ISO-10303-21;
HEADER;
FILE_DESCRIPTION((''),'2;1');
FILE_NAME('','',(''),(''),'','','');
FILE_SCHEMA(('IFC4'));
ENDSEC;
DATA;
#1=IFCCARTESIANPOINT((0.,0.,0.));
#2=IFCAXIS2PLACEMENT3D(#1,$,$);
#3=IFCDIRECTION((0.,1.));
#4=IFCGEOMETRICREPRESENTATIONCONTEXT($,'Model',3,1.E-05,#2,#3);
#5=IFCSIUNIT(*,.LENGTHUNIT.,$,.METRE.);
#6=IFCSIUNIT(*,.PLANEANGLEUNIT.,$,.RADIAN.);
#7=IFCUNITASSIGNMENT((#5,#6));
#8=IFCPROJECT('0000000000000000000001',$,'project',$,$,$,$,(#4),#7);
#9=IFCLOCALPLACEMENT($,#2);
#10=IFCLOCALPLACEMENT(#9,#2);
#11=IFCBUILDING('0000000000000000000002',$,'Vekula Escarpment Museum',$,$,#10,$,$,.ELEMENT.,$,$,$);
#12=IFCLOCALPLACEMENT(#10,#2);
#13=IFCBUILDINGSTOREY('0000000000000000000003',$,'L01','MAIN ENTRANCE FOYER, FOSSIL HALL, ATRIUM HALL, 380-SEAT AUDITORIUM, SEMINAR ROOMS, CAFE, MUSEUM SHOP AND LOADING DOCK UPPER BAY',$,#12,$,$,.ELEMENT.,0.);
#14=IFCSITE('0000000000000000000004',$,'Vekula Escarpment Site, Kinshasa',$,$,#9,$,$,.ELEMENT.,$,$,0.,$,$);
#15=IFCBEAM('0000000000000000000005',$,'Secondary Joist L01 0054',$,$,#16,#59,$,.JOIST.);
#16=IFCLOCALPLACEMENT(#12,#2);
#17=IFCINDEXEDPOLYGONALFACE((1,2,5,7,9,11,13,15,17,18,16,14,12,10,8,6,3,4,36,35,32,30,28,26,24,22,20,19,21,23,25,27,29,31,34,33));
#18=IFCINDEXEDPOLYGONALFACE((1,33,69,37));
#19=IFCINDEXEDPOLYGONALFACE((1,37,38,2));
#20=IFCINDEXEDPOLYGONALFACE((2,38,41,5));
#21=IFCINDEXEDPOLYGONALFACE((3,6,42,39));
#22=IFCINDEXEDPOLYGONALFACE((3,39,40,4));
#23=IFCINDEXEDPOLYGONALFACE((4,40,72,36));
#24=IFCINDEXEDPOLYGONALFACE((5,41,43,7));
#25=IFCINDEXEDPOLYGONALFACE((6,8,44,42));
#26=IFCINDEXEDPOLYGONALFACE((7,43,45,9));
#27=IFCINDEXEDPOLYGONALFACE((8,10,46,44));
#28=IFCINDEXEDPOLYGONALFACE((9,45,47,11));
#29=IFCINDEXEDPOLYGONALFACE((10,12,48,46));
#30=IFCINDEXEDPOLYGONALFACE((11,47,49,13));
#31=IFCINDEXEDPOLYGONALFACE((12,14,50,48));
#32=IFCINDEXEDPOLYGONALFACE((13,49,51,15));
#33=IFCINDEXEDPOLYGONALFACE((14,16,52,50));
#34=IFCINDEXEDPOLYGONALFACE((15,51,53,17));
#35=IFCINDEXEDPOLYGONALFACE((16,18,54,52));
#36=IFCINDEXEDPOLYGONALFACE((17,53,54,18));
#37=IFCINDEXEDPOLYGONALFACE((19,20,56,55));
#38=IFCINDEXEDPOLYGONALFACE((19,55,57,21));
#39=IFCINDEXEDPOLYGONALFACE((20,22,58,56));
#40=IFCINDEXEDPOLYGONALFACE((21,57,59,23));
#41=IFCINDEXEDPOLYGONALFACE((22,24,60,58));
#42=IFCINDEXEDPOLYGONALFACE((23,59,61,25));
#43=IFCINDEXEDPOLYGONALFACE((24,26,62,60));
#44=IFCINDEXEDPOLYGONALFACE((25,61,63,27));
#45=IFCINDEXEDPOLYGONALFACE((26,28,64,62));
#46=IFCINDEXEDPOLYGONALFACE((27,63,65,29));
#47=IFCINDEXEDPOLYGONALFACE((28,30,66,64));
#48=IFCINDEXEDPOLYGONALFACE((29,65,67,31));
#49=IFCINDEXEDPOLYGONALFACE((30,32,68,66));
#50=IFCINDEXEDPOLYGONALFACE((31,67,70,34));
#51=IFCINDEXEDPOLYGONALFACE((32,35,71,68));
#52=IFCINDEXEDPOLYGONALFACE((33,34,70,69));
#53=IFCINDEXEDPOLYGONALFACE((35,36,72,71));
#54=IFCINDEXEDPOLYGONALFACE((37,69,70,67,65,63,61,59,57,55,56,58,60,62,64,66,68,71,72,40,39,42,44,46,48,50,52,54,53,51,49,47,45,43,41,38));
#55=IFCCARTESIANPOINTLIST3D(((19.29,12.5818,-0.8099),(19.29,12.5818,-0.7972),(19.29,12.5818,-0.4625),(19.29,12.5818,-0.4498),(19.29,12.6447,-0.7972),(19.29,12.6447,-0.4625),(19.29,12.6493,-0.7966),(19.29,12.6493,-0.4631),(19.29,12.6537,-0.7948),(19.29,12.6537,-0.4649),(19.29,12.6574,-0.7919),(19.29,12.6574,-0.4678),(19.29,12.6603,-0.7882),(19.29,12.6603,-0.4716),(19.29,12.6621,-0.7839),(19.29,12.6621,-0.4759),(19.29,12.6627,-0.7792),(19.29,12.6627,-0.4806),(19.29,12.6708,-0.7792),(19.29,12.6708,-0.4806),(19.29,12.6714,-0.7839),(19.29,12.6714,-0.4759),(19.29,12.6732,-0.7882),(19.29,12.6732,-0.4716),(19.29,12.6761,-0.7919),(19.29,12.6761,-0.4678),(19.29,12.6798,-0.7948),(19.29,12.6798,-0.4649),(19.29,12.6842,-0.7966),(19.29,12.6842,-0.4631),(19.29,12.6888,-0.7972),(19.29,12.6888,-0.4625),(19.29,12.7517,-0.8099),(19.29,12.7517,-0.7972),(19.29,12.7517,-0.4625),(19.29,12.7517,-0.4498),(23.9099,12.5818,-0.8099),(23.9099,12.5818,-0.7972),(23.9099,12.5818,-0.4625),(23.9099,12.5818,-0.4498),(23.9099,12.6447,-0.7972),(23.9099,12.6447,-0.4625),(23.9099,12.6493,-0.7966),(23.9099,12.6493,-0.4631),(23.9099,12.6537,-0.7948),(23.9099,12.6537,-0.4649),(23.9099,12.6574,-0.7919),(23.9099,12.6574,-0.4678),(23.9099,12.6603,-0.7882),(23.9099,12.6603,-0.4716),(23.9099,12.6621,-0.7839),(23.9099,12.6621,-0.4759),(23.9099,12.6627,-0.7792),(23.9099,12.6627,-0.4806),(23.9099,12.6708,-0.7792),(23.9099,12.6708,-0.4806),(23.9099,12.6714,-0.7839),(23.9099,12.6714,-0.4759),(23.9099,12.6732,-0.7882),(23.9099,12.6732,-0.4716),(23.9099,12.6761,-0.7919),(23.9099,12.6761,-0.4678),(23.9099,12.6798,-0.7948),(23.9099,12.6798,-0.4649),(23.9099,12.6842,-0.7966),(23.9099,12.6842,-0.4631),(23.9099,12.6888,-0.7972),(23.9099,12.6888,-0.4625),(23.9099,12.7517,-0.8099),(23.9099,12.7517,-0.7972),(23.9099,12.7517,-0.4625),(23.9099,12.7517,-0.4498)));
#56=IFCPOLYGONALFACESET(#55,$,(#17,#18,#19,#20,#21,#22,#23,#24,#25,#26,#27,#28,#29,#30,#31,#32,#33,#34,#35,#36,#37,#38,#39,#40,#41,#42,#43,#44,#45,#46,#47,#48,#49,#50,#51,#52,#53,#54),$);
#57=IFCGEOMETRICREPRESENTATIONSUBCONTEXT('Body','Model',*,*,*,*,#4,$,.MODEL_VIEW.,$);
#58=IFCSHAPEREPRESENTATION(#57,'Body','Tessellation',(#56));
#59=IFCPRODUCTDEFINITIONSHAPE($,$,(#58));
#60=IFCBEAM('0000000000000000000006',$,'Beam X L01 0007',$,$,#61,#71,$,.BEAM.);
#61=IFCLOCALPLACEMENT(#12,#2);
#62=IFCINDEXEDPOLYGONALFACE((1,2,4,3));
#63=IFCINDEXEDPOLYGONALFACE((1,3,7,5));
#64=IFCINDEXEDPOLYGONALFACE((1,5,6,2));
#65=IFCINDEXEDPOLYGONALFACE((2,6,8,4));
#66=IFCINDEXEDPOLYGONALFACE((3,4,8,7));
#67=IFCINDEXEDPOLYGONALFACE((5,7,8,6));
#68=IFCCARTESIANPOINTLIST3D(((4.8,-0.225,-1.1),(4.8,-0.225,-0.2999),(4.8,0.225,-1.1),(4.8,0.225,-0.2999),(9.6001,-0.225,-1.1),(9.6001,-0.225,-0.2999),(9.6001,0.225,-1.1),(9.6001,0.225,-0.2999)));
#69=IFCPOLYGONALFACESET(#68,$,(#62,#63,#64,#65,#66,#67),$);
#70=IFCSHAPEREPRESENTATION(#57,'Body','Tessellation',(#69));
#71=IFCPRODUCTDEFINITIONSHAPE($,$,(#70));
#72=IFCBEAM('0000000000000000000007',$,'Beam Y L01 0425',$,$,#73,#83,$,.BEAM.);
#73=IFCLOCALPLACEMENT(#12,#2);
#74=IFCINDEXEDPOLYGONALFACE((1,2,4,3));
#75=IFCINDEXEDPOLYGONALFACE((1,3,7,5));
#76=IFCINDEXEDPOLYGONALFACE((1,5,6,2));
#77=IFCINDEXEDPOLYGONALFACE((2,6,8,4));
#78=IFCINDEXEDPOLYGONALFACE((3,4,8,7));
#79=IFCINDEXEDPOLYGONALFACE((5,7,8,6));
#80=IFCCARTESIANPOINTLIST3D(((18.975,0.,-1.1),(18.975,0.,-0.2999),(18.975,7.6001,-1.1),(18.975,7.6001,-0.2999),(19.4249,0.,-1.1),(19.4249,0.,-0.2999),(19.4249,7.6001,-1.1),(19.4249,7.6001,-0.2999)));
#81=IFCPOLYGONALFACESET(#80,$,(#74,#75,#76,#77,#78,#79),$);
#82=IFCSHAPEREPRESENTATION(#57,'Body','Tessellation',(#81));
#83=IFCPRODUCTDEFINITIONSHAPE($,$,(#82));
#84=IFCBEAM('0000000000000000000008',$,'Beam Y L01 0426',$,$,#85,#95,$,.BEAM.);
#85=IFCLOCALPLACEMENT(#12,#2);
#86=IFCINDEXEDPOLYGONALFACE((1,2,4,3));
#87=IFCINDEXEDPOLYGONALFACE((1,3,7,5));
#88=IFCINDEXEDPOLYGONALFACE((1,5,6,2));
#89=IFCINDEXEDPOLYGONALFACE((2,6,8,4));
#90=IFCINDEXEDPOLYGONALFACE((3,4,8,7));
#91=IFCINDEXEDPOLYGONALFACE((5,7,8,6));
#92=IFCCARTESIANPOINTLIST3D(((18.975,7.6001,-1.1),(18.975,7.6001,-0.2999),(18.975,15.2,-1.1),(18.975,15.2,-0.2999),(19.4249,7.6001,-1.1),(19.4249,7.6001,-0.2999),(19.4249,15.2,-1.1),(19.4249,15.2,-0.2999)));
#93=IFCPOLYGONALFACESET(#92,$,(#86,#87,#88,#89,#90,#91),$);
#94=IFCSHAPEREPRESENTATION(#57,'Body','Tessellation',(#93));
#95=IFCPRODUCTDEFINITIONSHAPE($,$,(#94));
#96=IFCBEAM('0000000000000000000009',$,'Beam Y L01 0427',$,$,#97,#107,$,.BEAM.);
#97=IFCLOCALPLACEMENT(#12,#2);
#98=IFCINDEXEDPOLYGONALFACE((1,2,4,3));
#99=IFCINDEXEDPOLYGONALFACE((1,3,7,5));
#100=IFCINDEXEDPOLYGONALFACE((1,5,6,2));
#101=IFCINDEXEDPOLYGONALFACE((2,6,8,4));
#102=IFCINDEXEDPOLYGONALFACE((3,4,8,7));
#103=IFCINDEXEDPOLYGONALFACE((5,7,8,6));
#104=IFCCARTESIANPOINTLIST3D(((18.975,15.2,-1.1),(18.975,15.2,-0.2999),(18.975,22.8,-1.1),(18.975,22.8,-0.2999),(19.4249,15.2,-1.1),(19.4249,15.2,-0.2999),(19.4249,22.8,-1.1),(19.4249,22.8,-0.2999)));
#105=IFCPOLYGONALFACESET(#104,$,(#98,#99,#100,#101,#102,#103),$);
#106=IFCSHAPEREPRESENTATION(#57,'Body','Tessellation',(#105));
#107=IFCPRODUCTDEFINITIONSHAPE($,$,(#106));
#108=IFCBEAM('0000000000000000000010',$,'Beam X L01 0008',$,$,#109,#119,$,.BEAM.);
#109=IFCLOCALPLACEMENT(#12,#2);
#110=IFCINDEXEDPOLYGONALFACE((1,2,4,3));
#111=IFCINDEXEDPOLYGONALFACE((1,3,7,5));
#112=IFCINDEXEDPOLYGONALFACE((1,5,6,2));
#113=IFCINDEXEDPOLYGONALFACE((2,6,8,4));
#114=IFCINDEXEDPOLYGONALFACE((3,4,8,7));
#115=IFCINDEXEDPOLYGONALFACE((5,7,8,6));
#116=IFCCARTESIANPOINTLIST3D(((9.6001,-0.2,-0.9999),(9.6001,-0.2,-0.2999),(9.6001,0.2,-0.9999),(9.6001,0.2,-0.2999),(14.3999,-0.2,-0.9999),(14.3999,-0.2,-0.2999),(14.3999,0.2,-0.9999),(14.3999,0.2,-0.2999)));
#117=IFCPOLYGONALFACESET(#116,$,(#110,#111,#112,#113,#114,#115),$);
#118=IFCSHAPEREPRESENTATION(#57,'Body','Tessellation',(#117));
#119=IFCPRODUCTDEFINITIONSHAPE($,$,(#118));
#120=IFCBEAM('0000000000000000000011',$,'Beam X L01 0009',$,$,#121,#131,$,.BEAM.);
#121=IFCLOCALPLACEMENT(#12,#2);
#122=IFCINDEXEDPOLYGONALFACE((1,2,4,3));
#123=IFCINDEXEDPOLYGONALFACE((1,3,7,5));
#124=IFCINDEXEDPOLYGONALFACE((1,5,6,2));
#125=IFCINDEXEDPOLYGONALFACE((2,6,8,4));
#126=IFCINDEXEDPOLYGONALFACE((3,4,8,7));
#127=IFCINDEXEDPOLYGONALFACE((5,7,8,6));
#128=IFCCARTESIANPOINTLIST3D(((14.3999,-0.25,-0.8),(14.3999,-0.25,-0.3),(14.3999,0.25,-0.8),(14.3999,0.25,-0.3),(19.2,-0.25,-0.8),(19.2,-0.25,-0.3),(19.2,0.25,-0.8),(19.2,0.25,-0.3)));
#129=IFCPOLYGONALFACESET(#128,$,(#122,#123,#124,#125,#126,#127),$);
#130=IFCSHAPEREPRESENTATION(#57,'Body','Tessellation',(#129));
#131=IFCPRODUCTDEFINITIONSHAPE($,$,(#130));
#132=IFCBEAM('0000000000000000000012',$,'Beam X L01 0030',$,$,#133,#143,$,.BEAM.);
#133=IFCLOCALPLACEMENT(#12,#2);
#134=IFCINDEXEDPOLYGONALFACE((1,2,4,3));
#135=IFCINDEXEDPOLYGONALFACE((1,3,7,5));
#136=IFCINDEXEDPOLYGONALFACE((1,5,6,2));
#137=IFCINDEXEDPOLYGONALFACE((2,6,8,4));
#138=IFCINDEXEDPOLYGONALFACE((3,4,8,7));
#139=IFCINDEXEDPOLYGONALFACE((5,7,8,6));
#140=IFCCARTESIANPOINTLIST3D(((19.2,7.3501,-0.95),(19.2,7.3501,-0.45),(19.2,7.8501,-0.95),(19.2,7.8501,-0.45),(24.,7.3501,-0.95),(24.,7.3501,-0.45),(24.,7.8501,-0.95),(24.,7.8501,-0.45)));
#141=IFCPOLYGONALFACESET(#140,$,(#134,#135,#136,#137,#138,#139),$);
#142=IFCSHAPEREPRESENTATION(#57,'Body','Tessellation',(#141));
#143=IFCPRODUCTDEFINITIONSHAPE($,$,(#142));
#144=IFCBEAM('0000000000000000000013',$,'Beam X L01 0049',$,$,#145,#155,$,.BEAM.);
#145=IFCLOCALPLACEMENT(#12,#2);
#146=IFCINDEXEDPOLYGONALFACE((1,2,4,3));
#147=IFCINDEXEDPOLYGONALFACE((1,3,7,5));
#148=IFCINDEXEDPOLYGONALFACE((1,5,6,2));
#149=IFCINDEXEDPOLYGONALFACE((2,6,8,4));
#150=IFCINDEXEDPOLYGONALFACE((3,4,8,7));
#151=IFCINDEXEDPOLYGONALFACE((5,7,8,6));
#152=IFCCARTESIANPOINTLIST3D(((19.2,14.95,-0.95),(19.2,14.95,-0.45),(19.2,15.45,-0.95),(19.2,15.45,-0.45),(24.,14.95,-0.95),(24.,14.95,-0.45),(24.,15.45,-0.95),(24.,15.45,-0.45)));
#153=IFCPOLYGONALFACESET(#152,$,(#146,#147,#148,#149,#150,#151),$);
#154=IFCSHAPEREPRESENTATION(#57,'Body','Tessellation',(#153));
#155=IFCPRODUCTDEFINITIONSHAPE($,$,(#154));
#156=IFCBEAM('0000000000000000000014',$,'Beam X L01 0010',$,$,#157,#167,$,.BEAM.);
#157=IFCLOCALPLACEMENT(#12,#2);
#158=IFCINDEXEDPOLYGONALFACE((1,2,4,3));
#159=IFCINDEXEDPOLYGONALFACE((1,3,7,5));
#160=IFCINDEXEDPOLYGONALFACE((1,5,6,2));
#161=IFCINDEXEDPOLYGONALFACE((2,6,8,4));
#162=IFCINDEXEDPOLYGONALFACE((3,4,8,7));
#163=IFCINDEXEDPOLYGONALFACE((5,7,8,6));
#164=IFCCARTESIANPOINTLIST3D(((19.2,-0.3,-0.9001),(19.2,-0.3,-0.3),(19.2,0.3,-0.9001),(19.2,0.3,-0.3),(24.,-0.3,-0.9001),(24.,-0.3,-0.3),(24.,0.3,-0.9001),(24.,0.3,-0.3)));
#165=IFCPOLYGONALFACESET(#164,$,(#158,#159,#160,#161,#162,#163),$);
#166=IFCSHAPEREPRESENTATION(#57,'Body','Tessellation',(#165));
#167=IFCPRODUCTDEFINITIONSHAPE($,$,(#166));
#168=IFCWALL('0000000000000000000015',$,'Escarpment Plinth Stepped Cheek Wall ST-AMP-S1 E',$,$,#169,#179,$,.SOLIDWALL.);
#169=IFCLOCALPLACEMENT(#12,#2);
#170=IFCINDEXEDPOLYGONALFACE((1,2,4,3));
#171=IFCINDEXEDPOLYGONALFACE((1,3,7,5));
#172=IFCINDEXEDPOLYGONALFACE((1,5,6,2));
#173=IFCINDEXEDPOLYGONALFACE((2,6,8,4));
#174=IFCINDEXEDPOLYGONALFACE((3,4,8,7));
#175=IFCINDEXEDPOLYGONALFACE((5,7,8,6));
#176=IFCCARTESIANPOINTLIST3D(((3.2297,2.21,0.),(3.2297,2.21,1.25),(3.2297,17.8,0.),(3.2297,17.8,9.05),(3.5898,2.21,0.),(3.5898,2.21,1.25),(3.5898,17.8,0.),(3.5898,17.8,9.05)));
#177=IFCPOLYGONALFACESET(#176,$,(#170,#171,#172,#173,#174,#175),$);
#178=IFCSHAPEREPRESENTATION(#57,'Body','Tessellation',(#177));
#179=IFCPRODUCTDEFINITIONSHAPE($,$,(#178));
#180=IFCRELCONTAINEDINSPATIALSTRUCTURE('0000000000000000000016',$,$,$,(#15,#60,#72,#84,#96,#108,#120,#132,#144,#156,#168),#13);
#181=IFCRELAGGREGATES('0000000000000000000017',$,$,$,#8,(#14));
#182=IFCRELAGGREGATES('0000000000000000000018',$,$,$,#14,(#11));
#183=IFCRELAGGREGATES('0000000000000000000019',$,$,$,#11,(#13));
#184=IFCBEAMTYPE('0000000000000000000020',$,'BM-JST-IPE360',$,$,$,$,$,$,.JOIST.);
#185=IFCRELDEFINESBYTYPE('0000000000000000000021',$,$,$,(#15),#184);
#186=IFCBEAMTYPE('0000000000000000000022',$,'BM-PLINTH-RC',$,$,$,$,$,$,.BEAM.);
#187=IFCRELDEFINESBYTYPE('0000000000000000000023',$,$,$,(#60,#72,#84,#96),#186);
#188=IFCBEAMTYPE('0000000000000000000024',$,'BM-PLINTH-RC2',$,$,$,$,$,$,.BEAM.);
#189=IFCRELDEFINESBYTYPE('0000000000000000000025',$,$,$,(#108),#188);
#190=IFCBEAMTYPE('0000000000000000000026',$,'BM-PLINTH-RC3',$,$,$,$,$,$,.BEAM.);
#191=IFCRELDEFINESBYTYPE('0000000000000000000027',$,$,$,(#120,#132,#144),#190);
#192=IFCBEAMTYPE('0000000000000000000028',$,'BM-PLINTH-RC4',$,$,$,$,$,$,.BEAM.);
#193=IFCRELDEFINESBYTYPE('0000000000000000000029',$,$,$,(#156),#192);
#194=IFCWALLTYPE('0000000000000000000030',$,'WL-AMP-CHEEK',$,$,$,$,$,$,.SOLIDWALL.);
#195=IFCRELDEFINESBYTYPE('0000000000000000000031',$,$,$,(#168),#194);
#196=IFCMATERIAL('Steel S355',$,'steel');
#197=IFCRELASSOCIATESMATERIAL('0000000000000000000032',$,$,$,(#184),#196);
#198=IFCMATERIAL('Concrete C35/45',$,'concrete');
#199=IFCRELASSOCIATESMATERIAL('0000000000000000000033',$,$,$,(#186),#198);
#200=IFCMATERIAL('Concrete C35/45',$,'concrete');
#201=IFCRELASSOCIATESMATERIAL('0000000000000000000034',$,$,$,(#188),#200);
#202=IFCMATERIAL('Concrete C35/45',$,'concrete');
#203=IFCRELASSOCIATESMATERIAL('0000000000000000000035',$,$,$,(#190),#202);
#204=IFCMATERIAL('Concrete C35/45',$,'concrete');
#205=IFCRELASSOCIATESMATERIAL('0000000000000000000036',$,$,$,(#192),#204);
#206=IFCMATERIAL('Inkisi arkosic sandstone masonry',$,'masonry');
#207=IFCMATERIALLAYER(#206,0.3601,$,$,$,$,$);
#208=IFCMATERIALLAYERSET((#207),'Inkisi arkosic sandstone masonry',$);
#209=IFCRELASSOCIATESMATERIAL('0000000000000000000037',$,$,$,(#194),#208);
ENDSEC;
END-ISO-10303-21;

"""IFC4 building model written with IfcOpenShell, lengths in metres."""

from ifc_helpers import new_model, si_unit, direction, frame, origin, origin_2d, place, context, subcontext, project, spatial, polyline, rectangle, i_section, outline, extrude, material, layer, layer_set, material_profile, profile_set, type_object, element, save


model = new_model("IFC4")

# Units and contexts
model_context = context("Model", 3, precision=1e-05, world=origin(), true_north=direction((0.0, 1.0)))
body_context = subcontext(model_context, "Body", "Model", "MODEL_VIEW")
ifc_project = project(units=[si_unit("LENGTHUNIT", "METRE"), si_unit("PLANEANGLEUNIT", "RADIAN")], contexts=[model_context])

# Site, building, storey
site_placement = place(None, origin())
site = spatial("IfcSite", under=ifc_project, at=site_placement, Name="Vekula Escarpment Site, Kinshasa", CompositionType="ELEMENT", RefElevation=0.0)
building_placement = place(site_placement, origin())
building = spatial("IfcBuilding", under=site, at=building_placement, Name="Vekula Escarpment Museum", CompositionType="ELEMENT")
storey_placement = place(building_placement, origin())
storey = spatial("IfcBuildingStorey", under=building, at=storey_placement, Name="L01", Description="MAIN ENTRANCE FOYER, FOSSIL HALL, ATRIUM HALL, 380-SEAT AUDITORIUM, SEMINAR ROOMS, CAFE, MUSEUM SHOP AND LOADING DOCK UPPER BAY", CompositionType="ELEMENT", Elevation=0.0)

# Beams
ifc_material_1 = material(Name="Steel S355", Category="steel")
ifc_material_profile_1 = material_profile(ifc_material_1, i_section(OverallWidth=0.1699, OverallDepth=0.3601, WebThickness=0.0081, FlangeThickness=0.0127, FilletRadius=0.0181, at=origin_2d()), Name="IPE 360")
ifc_profile_set_1 = profile_set([ifc_material_profile_1], Name="Steel S355")
beam_type_1 = type_object("IfcBeamType", Name="BM-JST-IPE360", PredefinedType="JOIST", material=ifc_profile_set_1)
for number, where, z_axis, x_axis, name in (
    (1, (19.29, 12.6667, -0.6299), (1.0, 0.0, 0.0), (0.0, 1.0, 0.0), "Secondary Joist L01 0054"),
):
    element("IfcBeam", number, at=place(storey_placement, frame(where, z_axis=z_axis, x_axis=x_axis)), inside=storey, type_object=beam_type_1, Name=name, PredefinedType="JOIST", context=body_context, shape_type="SweptSolid", body=[
        extrude(i_section(OverallWidth=0.1699, OverallDepth=0.3601, WebThickness=0.0081, FlangeThickness=0.0127, FilletRadius=0.0181, at=origin_2d()), origin(), (0.0, 0.0, 1.0), 4.6199),
    ])
ifc_material_2 = material(Name="Concrete C35/45", Category="concrete")
ifc_material_profile_2 = material_profile(ifc_material_2, rectangle(XDim=0.45, YDim=0.8, at=origin_2d()), Name="RC 450x800")
ifc_profile_set_2 = profile_set([ifc_material_profile_2], Name="Concrete C35/45")
beam_type_2 = type_object("IfcBeamType", Name="BM-PLINTH-RC", PredefinedType="BEAM", material=ifc_profile_set_2)
beam_1_placement = place(storey_placement, frame((4.8, 0.0, -0.7), z_axis=(1.0, 0.0, 0.0), x_axis=(0.0, 1.0, 0.0)))
element("IfcBeam", 2, at=beam_1_placement, inside=storey, type_object=beam_type_2, Name="Beam X L01 0007", PredefinedType="BEAM", context=body_context, shape_type="SweptSolid", body=[
    extrude(rectangle(XDim=0.45, YDim=0.8, at=origin_2d()), origin(), (0.0, 0.0, 1.0), 4.8),
])
beam_2_placement = place(storey_placement, frame((19.2, 0.0, -0.7), z_axis=(0.0, 1.0, 0.0), x_axis=(-1.0, 0.0, 0.0)))
element("IfcBeam", 3, at=beam_2_placement, inside=storey, type_object=beam_type_2, Name="Beam Y L01 0425", PredefinedType="BEAM", context=body_context, shape_type="SweptSolid", body=[
    extrude(rectangle(XDim=0.45, YDim=0.8, at=origin_2d()), origin(), (0.0, 0.0, 1.0), 7.6001),
])
beam_3_placement = place(storey_placement, frame((19.2, 7.6001, -0.7), z_axis=(0.0, 1.0, 0.0), x_axis=(-1.0, 0.0, 0.0)))
element("IfcBeam", 4, at=beam_3_placement, inside=storey, type_object=beam_type_2, Name="Beam Y L01 0426", PredefinedType="BEAM", context=body_context, shape_type="SweptSolid", body=[
    extrude(rectangle(XDim=0.45, YDim=0.8, at=origin_2d()), origin(), (0.0, 0.0, 1.0), 7.5999),
])
beam_4_placement = place(storey_placement, frame((19.2, 15.2, -0.7), z_axis=(0.0, 1.0, 0.0), x_axis=(-1.0, 0.0, 0.0)))
element("IfcBeam", 5, at=beam_4_placement, inside=storey, type_object=beam_type_2, Name="Beam Y L01 0427", PredefinedType="BEAM", context=body_context, shape_type="SweptSolid", body=[
    extrude(rectangle(XDim=0.45, YDim=0.8, at=origin_2d()), origin(), (0.0, 0.0, 1.0), 7.6001),
])
ifc_material_3 = material(Name="Concrete C35/45", Category="concrete")
ifc_material_profile_3 = material_profile(ifc_material_3, rectangle(XDim=0.3999, YDim=0.7, at=origin_2d()), Name="RC 400x700")
ifc_profile_set_3 = profile_set([ifc_material_profile_3], Name="Concrete C35/45")
beam_type_3 = type_object("IfcBeamType", Name="BM-PLINTH-RC2", PredefinedType="BEAM", material=ifc_profile_set_3)
beam_5_placement = place(storey_placement, frame((9.6001, 0.0, -0.6499), z_axis=(1.0, 0.0, 0.0), x_axis=(0.0, 1.0, 0.0)))
element("IfcBeam", 6, at=beam_5_placement, inside=storey, type_object=beam_type_3, Name="Beam X L01 0008", PredefinedType="BEAM", context=body_context, shape_type="SweptSolid", body=[
    extrude(rectangle(XDim=0.3999, YDim=0.7, at=origin_2d()), origin(), (0.0, 0.0, 1.0), 4.7998),
])
ifc_material_4 = material(Name="Concrete C35/45", Category="concrete")
ifc_material_profile_4 = material_profile(ifc_material_4, rectangle(XDim=0.5, YDim=0.5, at=origin_2d()), Name="RC 500x500")
ifc_profile_set_4 = profile_set([ifc_material_profile_4], Name="Concrete C35/45")
beam_type_4 = type_object("IfcBeamType", Name="BM-PLINTH-RC3", PredefinedType="BEAM", material=ifc_profile_set_4)
for number, where, z_axis, x_axis, name in (
    (7, (14.3999, 0.0, -0.55), (1.0, 0.0, 0.0), (0.0, 1.0, 0.0), "Beam X L01 0009"),
    (8, (19.2, 7.6001, -0.7), (1.0, 0.0, 0.0), (0.0, 1.0, 0.0), "Beam X L01 0030"),
    (9, (19.2, 15.2, -0.7), (1.0, 0.0, 0.0), (0.0, 1.0, 0.0), "Beam X L01 0049"),
):
    element("IfcBeam", number, at=place(storey_placement, frame(where, z_axis=z_axis, x_axis=x_axis)), inside=storey, type_object=beam_type_4, Name=name, PredefinedType="BEAM", context=body_context, shape_type="SweptSolid", body=[
        extrude(rectangle(XDim=0.5, YDim=0.5, at=origin_2d()), origin(), (0.0, 0.0, 1.0), 4.8),
    ])
ifc_material_5 = material(Name="Concrete C35/45", Category="concrete")
ifc_material_profile_5 = material_profile(ifc_material_5, rectangle(XDim=0.6001, YDim=0.6001, at=origin_2d()), Name="RC 600x600")
ifc_profile_set_5 = profile_set([ifc_material_profile_5], Name="Concrete C35/45")
beam_type_5 = type_object("IfcBeamType", Name="BM-PLINTH-RC4", PredefinedType="BEAM", material=ifc_profile_set_5)
beam_6_placement = place(storey_placement, frame((19.2, 0.0, -0.6001), z_axis=(1.0, 0.0, 0.0), x_axis=(0.0, 1.0, 0.0)))
element("IfcBeam", 10, at=beam_6_placement, inside=storey, type_object=beam_type_5, Name="Beam X L01 0010", PredefinedType="BEAM", context=body_context, shape_type="SweptSolid", body=[
    extrude(rectangle(XDim=0.6001, YDim=0.6001, at=origin_2d()), origin(), (0.0, 0.0, 1.0), 4.8),
])

# Wall
ifc_material_6 = material(Name="Inkisi arkosic sandstone masonry", Category="masonry")
ifc_layer_1 = layer(ifc_material_6, 0.3601)
ifc_layer_set_1 = layer_set([ifc_layer_1], Name="Inkisi arkosic sandstone masonry")
wall_type = type_object("IfcWallType", Name="WL-AMP-CHEEK", PredefinedType="SOLIDWALL", material=ifc_layer_set_1)
wall_1_placement = place(storey_placement, frame((3.4099, 2.21, 0.0), z_axis=(0.0, 0.0, 1.0), x_axis=(0.0, 1.0, 0.0)))
element("IfcWall", 11, at=wall_1_placement, inside=storey, type_object=wall_type, Name="Escarpment Plinth Stepped Cheek Wall ST-AMP-S1 E", PredefinedType="SOLIDWALL", context=body_context, shape_type="SweptSolid", body=[
    extrude(outline(polyline([(0.0, 0.0), (15.5901, 0.0), (15.5901, 9.05), (0.0, 1.25), (0.0, 0.0)])), frame((0.0, 0.1802, 0.0), z_axis=(0.0, -1.0, 0.0), x_axis=(1.0, 0.0, 0.0)), (0.0, 0.0, 1.0), 0.3601),
])

save(model, "model.ifc")
